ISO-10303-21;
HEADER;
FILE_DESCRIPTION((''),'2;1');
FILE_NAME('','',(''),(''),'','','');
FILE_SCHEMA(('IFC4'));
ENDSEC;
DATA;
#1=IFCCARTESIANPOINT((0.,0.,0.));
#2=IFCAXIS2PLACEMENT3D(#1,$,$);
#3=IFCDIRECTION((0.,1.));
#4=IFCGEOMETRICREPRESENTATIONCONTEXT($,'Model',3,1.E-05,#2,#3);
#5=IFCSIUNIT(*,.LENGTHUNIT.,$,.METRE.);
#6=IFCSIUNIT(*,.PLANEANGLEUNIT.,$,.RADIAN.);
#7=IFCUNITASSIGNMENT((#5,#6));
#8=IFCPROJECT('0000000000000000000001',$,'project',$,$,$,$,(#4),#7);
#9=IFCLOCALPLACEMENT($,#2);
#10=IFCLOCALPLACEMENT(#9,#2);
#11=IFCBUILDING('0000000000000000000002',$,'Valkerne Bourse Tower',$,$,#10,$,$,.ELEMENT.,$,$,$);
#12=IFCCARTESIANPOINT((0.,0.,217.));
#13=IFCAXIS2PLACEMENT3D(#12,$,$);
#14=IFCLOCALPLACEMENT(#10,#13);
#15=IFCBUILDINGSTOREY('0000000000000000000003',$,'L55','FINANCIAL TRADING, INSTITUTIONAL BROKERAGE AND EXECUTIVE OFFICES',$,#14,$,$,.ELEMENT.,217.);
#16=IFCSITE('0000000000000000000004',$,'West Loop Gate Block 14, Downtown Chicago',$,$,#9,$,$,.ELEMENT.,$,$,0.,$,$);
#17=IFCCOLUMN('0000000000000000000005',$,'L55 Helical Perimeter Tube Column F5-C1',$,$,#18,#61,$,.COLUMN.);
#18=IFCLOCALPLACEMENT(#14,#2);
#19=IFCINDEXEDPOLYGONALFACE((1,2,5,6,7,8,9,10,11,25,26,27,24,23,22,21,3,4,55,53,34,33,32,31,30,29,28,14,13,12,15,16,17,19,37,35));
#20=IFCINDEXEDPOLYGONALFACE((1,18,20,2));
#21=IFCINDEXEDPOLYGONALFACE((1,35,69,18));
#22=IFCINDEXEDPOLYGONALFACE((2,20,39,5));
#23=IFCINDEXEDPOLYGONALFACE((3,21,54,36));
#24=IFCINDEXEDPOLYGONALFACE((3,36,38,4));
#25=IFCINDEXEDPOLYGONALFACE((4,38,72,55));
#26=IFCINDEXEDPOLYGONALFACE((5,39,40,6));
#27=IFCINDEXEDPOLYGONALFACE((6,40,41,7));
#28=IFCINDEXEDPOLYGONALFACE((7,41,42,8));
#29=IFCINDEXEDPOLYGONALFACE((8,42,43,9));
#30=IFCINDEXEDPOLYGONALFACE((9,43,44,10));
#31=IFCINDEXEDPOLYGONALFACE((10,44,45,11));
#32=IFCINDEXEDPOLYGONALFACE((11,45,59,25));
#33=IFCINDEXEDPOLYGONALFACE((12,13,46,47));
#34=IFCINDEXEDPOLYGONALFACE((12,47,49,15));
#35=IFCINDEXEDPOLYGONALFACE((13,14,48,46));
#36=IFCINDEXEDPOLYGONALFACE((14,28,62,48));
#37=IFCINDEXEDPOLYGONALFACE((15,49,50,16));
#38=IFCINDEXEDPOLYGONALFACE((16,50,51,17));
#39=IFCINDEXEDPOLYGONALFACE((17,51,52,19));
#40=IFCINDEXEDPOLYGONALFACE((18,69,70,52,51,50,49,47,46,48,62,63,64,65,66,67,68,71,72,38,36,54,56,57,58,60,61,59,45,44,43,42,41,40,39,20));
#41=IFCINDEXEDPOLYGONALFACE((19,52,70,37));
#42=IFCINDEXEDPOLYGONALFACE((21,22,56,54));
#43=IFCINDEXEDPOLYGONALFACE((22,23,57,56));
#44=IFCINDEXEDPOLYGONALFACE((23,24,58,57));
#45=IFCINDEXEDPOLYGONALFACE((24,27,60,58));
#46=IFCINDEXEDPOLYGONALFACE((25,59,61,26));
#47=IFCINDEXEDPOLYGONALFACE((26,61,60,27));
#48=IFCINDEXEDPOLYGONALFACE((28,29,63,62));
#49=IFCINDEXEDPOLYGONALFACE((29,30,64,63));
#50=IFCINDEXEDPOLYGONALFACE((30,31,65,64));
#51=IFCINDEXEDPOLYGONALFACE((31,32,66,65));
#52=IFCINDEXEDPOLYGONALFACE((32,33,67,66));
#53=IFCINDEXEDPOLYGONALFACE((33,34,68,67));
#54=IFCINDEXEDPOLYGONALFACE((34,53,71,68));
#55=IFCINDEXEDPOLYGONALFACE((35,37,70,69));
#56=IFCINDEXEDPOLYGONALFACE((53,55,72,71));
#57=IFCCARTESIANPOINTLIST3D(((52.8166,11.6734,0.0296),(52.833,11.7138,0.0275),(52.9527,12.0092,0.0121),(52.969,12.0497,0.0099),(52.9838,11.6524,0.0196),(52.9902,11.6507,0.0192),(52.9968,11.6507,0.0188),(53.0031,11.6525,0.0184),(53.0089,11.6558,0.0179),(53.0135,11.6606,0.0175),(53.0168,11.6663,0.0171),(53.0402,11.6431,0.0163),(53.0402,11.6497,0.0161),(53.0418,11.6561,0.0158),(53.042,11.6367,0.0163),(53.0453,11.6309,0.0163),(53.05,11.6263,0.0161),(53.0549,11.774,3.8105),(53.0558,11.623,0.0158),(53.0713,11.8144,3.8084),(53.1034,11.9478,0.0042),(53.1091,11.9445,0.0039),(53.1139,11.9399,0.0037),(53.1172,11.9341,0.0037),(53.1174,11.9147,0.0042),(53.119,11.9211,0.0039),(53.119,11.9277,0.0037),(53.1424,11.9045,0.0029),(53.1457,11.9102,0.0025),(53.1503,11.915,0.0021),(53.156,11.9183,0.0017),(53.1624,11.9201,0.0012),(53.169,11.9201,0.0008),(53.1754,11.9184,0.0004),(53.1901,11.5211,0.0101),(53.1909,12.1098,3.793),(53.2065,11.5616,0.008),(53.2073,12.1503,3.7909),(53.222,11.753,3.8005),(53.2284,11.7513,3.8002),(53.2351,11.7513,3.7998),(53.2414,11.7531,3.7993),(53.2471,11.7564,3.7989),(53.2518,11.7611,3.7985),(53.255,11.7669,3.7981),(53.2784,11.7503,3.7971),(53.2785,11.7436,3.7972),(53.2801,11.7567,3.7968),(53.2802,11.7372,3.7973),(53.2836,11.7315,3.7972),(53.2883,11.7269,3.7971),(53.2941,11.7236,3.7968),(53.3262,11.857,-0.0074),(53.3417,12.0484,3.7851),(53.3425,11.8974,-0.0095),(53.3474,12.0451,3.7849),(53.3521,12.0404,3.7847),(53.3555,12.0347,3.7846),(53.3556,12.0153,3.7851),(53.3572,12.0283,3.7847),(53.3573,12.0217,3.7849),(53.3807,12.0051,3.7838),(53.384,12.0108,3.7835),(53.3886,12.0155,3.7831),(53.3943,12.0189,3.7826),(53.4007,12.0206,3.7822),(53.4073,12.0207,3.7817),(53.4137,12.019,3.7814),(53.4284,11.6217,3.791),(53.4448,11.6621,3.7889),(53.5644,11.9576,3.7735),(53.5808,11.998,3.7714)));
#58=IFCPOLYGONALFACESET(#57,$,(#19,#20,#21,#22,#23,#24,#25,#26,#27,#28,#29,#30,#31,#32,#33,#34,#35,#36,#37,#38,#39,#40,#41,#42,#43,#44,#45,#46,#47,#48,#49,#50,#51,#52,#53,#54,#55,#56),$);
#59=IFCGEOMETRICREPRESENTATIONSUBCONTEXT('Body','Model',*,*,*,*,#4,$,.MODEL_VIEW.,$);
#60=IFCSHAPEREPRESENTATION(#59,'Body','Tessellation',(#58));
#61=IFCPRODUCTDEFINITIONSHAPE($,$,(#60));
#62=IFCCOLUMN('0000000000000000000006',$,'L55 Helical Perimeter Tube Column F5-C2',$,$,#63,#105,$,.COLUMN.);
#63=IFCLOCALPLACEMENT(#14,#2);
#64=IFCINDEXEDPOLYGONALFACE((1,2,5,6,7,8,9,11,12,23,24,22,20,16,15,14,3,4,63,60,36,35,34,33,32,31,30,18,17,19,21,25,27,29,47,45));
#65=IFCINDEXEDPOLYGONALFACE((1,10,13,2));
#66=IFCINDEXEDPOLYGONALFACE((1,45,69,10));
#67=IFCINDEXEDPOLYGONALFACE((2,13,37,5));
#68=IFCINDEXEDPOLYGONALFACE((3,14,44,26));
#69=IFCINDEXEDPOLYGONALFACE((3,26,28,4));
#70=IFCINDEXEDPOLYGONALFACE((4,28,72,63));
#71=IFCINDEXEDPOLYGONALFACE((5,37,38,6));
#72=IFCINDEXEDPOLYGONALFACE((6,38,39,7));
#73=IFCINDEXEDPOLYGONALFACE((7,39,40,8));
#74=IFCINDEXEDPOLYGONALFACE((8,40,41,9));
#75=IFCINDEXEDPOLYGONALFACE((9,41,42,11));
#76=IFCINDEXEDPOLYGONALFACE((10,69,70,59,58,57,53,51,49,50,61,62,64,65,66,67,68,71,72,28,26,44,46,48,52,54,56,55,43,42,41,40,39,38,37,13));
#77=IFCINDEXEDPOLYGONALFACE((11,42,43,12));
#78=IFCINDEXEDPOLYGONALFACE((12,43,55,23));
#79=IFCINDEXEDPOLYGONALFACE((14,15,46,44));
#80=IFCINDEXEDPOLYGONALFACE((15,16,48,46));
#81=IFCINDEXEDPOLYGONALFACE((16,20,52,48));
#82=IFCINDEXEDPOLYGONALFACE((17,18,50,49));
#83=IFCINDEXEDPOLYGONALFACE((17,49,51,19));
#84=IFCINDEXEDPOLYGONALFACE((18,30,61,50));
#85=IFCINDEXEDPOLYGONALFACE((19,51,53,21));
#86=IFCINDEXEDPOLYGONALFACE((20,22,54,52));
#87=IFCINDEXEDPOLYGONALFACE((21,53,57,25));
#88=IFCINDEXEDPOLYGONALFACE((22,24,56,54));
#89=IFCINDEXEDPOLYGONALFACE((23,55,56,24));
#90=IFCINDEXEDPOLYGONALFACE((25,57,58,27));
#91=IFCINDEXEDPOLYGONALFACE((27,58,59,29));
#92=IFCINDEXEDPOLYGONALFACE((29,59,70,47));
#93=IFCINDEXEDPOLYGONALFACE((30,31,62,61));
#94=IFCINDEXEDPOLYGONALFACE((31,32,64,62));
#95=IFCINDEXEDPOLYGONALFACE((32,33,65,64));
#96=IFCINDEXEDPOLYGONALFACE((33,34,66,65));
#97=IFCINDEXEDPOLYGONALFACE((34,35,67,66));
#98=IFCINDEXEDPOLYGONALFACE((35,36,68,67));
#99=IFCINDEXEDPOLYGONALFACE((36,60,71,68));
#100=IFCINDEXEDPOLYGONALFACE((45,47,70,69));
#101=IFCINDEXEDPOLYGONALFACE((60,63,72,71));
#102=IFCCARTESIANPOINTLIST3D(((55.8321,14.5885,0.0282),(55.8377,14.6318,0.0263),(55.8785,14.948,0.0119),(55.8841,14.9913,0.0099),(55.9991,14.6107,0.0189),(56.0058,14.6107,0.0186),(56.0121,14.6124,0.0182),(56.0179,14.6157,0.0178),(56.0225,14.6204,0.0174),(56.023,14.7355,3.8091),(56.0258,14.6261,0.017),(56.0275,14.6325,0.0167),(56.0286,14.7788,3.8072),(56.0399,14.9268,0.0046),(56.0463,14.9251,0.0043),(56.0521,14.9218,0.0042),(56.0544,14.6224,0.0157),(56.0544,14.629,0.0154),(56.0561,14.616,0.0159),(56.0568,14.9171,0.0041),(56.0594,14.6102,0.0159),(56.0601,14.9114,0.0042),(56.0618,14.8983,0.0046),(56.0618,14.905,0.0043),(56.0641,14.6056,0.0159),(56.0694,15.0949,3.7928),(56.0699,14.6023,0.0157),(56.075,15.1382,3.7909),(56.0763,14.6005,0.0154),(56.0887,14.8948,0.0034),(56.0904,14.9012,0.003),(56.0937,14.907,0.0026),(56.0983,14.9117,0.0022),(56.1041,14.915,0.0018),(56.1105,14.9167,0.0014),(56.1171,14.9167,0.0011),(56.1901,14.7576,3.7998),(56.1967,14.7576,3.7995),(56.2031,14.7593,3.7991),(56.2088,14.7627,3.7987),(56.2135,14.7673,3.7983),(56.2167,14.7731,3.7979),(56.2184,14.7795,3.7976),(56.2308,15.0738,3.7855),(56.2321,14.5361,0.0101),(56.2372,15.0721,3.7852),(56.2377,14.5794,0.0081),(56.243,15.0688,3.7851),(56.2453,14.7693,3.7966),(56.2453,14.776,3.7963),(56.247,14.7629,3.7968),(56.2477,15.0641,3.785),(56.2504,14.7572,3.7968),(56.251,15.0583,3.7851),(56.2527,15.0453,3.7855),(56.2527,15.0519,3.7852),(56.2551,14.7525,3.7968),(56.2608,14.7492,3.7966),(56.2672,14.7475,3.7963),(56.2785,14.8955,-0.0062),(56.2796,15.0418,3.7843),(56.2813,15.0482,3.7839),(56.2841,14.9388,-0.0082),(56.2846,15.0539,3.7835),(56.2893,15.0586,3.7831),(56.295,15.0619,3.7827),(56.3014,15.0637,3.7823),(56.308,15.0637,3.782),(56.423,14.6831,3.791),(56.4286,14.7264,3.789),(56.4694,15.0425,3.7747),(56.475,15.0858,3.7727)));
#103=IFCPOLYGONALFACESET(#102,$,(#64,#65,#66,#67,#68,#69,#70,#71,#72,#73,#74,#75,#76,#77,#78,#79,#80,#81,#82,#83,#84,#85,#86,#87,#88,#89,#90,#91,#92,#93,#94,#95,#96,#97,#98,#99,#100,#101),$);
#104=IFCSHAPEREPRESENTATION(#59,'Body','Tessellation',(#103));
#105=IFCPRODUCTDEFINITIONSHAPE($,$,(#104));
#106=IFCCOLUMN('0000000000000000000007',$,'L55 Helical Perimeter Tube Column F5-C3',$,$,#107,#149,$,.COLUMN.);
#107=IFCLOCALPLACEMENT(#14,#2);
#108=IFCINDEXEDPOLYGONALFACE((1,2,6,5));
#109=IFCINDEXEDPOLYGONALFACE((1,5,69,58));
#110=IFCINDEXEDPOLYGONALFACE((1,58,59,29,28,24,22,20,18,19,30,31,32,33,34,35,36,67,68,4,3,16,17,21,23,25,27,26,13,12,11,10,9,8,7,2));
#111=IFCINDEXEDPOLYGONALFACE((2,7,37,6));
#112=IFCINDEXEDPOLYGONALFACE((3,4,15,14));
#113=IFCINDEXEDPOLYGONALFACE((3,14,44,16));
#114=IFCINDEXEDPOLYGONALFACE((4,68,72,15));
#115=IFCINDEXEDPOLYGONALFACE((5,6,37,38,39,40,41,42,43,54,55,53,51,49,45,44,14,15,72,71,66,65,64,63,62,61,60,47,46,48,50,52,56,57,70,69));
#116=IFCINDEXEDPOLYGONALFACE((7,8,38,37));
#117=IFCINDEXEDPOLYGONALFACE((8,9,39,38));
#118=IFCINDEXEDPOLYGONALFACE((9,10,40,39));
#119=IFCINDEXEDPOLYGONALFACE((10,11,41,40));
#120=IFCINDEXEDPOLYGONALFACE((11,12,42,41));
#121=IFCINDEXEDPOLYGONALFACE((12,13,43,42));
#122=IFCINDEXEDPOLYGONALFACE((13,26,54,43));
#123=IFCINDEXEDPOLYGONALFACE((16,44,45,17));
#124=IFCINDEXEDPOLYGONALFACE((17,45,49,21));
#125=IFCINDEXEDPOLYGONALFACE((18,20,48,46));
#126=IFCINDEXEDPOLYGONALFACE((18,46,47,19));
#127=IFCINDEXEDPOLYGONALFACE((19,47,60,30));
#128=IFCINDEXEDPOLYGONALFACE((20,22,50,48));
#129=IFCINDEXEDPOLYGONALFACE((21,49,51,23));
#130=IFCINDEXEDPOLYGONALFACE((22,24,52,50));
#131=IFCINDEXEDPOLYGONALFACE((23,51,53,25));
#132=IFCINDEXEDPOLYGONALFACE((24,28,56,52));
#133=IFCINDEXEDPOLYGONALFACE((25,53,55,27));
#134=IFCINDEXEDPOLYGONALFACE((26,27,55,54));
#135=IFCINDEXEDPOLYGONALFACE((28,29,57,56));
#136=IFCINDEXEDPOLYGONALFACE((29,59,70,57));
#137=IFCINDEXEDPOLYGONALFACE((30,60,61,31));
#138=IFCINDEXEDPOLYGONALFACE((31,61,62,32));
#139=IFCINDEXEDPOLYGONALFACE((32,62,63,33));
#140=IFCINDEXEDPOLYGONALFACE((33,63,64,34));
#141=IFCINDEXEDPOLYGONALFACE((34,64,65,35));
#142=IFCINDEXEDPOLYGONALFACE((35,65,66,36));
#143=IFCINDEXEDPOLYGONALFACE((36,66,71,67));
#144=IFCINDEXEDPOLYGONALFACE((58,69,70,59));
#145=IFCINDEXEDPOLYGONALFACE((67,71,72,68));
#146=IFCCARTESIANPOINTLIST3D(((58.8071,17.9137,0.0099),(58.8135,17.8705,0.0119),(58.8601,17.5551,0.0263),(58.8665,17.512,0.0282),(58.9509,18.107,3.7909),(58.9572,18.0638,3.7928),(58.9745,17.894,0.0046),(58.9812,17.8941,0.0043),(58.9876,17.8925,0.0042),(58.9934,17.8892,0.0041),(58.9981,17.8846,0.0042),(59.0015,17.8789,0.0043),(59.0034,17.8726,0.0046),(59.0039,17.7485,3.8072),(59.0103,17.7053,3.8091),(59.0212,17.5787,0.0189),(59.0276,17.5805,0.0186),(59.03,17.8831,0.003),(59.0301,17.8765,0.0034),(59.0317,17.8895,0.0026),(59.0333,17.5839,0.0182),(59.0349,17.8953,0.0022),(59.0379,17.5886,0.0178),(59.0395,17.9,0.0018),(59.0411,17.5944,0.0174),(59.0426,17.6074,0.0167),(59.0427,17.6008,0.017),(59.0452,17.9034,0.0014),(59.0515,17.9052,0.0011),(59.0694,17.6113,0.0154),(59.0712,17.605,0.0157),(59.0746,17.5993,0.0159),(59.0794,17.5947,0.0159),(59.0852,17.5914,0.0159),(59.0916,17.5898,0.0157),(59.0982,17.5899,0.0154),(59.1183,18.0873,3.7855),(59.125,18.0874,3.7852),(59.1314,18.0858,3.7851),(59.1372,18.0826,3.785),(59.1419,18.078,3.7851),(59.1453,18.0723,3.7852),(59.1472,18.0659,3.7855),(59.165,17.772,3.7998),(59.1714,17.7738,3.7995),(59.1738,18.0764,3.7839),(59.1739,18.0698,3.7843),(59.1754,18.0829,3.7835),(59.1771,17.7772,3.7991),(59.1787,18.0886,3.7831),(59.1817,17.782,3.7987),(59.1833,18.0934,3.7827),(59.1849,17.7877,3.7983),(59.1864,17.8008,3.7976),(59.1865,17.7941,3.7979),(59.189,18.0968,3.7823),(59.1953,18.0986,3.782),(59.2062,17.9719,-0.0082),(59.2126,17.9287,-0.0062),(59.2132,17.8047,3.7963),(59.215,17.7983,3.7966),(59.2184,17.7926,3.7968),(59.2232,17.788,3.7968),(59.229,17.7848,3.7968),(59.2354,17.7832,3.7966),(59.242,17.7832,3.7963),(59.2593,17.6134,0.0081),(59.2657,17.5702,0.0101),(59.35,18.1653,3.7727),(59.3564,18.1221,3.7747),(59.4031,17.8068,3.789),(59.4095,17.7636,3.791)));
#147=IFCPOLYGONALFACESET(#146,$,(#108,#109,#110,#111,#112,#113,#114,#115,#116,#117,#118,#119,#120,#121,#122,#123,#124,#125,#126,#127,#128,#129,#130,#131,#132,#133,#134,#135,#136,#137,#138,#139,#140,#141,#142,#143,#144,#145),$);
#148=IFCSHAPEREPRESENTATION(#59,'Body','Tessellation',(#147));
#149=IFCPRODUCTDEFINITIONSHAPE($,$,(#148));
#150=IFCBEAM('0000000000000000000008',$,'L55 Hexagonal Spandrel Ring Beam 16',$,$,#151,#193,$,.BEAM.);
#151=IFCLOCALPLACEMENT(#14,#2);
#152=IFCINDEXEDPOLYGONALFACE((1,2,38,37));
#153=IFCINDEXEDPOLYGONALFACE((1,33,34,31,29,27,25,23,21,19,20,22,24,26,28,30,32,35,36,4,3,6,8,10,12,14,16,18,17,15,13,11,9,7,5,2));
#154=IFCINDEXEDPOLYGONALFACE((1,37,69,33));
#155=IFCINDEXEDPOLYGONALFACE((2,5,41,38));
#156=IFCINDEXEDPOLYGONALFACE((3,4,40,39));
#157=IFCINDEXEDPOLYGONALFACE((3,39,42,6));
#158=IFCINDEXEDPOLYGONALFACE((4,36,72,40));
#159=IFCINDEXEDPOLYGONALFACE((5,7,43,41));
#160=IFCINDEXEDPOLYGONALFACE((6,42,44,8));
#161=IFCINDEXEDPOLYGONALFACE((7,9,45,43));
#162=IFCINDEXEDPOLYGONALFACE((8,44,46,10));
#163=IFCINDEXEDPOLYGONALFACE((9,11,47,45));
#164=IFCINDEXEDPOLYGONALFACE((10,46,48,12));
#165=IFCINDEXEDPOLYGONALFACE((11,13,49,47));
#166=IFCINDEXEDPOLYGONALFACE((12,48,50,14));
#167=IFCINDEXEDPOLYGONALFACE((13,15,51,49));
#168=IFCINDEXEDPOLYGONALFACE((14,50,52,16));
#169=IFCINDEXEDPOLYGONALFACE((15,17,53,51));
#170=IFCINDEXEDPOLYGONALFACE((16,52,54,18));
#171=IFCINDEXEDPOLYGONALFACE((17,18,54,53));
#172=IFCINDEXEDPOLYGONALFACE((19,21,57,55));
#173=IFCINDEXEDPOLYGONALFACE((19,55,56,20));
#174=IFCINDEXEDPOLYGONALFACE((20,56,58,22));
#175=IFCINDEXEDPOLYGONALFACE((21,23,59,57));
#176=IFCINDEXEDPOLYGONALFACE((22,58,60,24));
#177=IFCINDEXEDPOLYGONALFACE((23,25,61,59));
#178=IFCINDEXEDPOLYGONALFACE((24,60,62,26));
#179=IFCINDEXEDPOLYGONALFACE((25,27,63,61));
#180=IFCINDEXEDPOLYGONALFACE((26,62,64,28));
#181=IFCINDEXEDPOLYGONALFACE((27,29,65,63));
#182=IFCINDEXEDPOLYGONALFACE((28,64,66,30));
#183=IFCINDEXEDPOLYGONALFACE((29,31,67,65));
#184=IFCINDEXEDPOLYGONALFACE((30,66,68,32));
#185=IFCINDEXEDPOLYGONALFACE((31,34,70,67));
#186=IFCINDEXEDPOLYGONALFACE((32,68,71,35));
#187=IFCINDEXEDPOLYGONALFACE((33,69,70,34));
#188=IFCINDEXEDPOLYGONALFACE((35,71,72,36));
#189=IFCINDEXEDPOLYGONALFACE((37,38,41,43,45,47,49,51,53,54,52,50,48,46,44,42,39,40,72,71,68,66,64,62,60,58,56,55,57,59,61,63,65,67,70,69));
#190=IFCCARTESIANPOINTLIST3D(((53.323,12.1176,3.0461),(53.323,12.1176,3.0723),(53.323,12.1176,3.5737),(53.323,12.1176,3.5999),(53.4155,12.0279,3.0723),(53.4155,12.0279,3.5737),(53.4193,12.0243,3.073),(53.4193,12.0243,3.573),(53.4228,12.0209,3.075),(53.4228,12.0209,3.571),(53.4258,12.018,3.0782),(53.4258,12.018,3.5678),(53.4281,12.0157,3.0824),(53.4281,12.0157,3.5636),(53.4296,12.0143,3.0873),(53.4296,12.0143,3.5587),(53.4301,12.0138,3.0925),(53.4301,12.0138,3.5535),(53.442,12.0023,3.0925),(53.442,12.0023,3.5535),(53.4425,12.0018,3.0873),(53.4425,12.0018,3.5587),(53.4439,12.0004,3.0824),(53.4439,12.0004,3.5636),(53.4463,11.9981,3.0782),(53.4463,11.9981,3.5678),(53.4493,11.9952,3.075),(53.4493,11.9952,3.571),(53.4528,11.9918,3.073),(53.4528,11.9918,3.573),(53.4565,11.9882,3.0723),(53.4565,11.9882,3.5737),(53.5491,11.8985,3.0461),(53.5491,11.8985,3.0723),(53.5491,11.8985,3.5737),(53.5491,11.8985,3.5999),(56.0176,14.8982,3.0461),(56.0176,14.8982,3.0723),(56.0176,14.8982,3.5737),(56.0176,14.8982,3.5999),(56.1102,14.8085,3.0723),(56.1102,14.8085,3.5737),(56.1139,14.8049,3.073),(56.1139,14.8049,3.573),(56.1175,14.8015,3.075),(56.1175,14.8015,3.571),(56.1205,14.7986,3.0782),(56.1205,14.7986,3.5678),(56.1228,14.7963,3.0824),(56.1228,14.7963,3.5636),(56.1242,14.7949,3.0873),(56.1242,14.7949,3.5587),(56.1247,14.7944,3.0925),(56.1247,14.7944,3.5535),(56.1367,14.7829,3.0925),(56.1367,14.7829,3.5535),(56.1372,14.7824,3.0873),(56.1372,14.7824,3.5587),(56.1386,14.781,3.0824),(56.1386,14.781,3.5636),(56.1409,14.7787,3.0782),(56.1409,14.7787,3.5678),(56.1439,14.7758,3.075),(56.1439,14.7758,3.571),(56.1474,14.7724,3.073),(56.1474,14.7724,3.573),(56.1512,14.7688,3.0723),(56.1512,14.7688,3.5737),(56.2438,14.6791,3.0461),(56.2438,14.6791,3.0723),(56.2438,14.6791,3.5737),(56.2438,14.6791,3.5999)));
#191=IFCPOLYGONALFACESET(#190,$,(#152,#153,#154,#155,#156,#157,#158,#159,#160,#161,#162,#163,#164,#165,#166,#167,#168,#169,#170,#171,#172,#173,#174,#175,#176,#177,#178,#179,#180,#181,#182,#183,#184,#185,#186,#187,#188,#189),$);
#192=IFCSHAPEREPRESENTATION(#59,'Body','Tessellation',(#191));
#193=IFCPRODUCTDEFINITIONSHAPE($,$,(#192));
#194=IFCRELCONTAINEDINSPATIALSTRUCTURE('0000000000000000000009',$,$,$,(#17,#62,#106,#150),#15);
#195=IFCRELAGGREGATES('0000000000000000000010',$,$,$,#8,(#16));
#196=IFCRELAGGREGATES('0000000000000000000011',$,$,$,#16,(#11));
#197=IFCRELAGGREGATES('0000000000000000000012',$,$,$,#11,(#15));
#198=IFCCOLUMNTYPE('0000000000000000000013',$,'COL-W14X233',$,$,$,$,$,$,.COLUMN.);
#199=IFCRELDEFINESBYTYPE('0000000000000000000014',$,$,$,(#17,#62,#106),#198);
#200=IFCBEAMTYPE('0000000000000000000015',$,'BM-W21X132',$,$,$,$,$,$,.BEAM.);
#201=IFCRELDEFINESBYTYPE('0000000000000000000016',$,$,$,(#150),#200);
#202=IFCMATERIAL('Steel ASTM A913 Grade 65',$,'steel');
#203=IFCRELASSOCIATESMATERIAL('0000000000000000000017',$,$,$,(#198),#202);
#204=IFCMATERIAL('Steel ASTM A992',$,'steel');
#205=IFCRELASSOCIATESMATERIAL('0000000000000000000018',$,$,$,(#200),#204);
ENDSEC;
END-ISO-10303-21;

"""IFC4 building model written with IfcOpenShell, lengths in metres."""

from ifc_helpers import new_model, si_unit, direction, frame, origin, origin_2d, place, context, subcontext, project, spatial, i_section, extrude, material, material_profile, profile_set, type_object, element, save


model = new_model("IFC4")

# Units and contexts
model_context = context("Model", 3, precision=1e-05, world=origin(), true_north=direction((0.0, 1.0)))
body_context = subcontext(model_context, "Body", "Model", "MODEL_VIEW")
ifc_project = project(units=[si_unit("LENGTHUNIT", "METRE"), si_unit("PLANEANGLEUNIT", "RADIAN")], contexts=[model_context])

# Site, building, storey
site_placement = place(None, origin())
site = spatial("IfcSite", under=ifc_project, at=site_placement, Name="West Loop Gate Block 14, Downtown Chicago", CompositionType="ELEMENT", RefElevation=0.0)
building_placement = place(site_placement, origin())
building = spatial("IfcBuilding", under=site, at=building_placement, Name="Valkerne Bourse Tower", CompositionType="ELEMENT")
storey_placement = place(building_placement, frame((0.0, 0.0, 217.0)))
storey = spatial("IfcBuildingStorey", under=building, at=storey_placement, Name="L55", Description="FINANCIAL TRADING, INSTITUTIONAL BROKERAGE AND EXECUTIVE OFFICES", CompositionType="ELEMENT", Elevation=217.0)

# Columns
ifc_material_1 = material(Name="Steel ASTM A913 Grade 65", Category="steel")
ifc_material_profile_1 = material_profile(ifc_material_1, i_section(OverallWidth=0.4038, OverallDepth=0.4065, WebThickness=0.0271, FlangeThickness=0.0437, FilletRadius=0.0254, at=origin_2d()), Name="W14X233")
ifc_profile_set_1 = profile_set([ifc_material_profile_1], Name="Steel ASTM A913 Grade 65")
column_type = type_object("IfcColumnType", Name="COL-W14X233", PredefinedType="COLUMN", material=ifc_profile_set_1)
column_placement = place(storey_placement, frame((53.0796, 11.7854, 0.01), z_axis=(0.062874, 0.026541, 0.997669), x_axis=(-0.924919, 0.37709, 0.048257)))
element("IfcColumn", 1, at=column_placement, inside=storey, type_object=column_type, Name="L55 Helical Perimeter Tube Column F5-C1", PredefinedType="COLUMN", context=body_context, shape_type="SweptSolid", body=[
    extrude(i_section(OverallWidth=0.4038, OverallDepth=0.4065, WebThickness=0.0271, FlangeThickness=0.0437, FilletRadius=0.0254, at=origin_2d()), origin(), (0.0, 0.0, 1.0), 3.7898),
])
for number, where, z_axis, x_axis, name in (
    (2, (56.0581, 14.7637, 0.01), (0.050392, 0.038793, 0.997976), (-0.990514, 0.129845, 0.044968), "L55 Helical Perimeter Tube Column F5-C2"),
    (3, (59.0364, 17.7419, 0.01), (0.037955, 0.051036, 0.997975), (-0.988514, -0.144283, 0.044974), "L55 Helical Perimeter Tube Column F5-C3"),
):
    element("IfcColumn", number, at=place(storey_placement, frame(where, z_axis=z_axis, x_axis=x_axis)), inside=storey, type_object=column_type, Name=name, PredefinedType="COLUMN", context=body_context, shape_type="SweptSolid", body=[
        extrude(i_section(OverallWidth=0.4038, OverallDepth=0.4065, WebThickness=0.0271, FlangeThickness=0.0437, FilletRadius=0.0254, at=origin_2d()), origin(), (0.0, 0.0, 1.0), 3.7886),
    ])

# Beam
ifc_material_2 = material(Name="Steel ASTM A992", Category="steel")
ifc_material_profile_2 = material_profile(ifc_material_2, i_section(OverallWidth=0.3149, OverallDepth=0.5537, WebThickness=0.0166, FlangeThickness=0.0261, FilletRadius=0.0203, at=origin_2d()), Name="W21X132")
ifc_profile_set_2 = profile_set([ifc_material_profile_2], Name="Steel ASTM A992")
beam_type = type_object("IfcBeamType", Name="BM-W21X132", PredefinedType="BEAM", material=ifc_profile_set_2)
for number, where, z_axis, x_axis, name in (
    (4, (53.436, 12.0081, 3.323), (0.695922, 0.718117, 0.0), (-0.718117, 0.695922, 0.0), "L55 Hexagonal Spandrel Ring Beam 16"),
):
    element("IfcBeam", number, at=place(storey_placement, frame(where, z_axis=z_axis, x_axis=x_axis)), inside=storey, type_object=beam_type, Name=name, PredefinedType="BEAM", context=body_context, shape_type="SweptSolid", body=[
        extrude(i_section(OverallWidth=0.3149, OverallDepth=0.5537, WebThickness=0.0166, FlangeThickness=0.0261, FilletRadius=0.0203, at=origin_2d()), origin(), (0.0, 0.0, 1.0), 3.8721),
    ])

save(model, "model.ifc")
